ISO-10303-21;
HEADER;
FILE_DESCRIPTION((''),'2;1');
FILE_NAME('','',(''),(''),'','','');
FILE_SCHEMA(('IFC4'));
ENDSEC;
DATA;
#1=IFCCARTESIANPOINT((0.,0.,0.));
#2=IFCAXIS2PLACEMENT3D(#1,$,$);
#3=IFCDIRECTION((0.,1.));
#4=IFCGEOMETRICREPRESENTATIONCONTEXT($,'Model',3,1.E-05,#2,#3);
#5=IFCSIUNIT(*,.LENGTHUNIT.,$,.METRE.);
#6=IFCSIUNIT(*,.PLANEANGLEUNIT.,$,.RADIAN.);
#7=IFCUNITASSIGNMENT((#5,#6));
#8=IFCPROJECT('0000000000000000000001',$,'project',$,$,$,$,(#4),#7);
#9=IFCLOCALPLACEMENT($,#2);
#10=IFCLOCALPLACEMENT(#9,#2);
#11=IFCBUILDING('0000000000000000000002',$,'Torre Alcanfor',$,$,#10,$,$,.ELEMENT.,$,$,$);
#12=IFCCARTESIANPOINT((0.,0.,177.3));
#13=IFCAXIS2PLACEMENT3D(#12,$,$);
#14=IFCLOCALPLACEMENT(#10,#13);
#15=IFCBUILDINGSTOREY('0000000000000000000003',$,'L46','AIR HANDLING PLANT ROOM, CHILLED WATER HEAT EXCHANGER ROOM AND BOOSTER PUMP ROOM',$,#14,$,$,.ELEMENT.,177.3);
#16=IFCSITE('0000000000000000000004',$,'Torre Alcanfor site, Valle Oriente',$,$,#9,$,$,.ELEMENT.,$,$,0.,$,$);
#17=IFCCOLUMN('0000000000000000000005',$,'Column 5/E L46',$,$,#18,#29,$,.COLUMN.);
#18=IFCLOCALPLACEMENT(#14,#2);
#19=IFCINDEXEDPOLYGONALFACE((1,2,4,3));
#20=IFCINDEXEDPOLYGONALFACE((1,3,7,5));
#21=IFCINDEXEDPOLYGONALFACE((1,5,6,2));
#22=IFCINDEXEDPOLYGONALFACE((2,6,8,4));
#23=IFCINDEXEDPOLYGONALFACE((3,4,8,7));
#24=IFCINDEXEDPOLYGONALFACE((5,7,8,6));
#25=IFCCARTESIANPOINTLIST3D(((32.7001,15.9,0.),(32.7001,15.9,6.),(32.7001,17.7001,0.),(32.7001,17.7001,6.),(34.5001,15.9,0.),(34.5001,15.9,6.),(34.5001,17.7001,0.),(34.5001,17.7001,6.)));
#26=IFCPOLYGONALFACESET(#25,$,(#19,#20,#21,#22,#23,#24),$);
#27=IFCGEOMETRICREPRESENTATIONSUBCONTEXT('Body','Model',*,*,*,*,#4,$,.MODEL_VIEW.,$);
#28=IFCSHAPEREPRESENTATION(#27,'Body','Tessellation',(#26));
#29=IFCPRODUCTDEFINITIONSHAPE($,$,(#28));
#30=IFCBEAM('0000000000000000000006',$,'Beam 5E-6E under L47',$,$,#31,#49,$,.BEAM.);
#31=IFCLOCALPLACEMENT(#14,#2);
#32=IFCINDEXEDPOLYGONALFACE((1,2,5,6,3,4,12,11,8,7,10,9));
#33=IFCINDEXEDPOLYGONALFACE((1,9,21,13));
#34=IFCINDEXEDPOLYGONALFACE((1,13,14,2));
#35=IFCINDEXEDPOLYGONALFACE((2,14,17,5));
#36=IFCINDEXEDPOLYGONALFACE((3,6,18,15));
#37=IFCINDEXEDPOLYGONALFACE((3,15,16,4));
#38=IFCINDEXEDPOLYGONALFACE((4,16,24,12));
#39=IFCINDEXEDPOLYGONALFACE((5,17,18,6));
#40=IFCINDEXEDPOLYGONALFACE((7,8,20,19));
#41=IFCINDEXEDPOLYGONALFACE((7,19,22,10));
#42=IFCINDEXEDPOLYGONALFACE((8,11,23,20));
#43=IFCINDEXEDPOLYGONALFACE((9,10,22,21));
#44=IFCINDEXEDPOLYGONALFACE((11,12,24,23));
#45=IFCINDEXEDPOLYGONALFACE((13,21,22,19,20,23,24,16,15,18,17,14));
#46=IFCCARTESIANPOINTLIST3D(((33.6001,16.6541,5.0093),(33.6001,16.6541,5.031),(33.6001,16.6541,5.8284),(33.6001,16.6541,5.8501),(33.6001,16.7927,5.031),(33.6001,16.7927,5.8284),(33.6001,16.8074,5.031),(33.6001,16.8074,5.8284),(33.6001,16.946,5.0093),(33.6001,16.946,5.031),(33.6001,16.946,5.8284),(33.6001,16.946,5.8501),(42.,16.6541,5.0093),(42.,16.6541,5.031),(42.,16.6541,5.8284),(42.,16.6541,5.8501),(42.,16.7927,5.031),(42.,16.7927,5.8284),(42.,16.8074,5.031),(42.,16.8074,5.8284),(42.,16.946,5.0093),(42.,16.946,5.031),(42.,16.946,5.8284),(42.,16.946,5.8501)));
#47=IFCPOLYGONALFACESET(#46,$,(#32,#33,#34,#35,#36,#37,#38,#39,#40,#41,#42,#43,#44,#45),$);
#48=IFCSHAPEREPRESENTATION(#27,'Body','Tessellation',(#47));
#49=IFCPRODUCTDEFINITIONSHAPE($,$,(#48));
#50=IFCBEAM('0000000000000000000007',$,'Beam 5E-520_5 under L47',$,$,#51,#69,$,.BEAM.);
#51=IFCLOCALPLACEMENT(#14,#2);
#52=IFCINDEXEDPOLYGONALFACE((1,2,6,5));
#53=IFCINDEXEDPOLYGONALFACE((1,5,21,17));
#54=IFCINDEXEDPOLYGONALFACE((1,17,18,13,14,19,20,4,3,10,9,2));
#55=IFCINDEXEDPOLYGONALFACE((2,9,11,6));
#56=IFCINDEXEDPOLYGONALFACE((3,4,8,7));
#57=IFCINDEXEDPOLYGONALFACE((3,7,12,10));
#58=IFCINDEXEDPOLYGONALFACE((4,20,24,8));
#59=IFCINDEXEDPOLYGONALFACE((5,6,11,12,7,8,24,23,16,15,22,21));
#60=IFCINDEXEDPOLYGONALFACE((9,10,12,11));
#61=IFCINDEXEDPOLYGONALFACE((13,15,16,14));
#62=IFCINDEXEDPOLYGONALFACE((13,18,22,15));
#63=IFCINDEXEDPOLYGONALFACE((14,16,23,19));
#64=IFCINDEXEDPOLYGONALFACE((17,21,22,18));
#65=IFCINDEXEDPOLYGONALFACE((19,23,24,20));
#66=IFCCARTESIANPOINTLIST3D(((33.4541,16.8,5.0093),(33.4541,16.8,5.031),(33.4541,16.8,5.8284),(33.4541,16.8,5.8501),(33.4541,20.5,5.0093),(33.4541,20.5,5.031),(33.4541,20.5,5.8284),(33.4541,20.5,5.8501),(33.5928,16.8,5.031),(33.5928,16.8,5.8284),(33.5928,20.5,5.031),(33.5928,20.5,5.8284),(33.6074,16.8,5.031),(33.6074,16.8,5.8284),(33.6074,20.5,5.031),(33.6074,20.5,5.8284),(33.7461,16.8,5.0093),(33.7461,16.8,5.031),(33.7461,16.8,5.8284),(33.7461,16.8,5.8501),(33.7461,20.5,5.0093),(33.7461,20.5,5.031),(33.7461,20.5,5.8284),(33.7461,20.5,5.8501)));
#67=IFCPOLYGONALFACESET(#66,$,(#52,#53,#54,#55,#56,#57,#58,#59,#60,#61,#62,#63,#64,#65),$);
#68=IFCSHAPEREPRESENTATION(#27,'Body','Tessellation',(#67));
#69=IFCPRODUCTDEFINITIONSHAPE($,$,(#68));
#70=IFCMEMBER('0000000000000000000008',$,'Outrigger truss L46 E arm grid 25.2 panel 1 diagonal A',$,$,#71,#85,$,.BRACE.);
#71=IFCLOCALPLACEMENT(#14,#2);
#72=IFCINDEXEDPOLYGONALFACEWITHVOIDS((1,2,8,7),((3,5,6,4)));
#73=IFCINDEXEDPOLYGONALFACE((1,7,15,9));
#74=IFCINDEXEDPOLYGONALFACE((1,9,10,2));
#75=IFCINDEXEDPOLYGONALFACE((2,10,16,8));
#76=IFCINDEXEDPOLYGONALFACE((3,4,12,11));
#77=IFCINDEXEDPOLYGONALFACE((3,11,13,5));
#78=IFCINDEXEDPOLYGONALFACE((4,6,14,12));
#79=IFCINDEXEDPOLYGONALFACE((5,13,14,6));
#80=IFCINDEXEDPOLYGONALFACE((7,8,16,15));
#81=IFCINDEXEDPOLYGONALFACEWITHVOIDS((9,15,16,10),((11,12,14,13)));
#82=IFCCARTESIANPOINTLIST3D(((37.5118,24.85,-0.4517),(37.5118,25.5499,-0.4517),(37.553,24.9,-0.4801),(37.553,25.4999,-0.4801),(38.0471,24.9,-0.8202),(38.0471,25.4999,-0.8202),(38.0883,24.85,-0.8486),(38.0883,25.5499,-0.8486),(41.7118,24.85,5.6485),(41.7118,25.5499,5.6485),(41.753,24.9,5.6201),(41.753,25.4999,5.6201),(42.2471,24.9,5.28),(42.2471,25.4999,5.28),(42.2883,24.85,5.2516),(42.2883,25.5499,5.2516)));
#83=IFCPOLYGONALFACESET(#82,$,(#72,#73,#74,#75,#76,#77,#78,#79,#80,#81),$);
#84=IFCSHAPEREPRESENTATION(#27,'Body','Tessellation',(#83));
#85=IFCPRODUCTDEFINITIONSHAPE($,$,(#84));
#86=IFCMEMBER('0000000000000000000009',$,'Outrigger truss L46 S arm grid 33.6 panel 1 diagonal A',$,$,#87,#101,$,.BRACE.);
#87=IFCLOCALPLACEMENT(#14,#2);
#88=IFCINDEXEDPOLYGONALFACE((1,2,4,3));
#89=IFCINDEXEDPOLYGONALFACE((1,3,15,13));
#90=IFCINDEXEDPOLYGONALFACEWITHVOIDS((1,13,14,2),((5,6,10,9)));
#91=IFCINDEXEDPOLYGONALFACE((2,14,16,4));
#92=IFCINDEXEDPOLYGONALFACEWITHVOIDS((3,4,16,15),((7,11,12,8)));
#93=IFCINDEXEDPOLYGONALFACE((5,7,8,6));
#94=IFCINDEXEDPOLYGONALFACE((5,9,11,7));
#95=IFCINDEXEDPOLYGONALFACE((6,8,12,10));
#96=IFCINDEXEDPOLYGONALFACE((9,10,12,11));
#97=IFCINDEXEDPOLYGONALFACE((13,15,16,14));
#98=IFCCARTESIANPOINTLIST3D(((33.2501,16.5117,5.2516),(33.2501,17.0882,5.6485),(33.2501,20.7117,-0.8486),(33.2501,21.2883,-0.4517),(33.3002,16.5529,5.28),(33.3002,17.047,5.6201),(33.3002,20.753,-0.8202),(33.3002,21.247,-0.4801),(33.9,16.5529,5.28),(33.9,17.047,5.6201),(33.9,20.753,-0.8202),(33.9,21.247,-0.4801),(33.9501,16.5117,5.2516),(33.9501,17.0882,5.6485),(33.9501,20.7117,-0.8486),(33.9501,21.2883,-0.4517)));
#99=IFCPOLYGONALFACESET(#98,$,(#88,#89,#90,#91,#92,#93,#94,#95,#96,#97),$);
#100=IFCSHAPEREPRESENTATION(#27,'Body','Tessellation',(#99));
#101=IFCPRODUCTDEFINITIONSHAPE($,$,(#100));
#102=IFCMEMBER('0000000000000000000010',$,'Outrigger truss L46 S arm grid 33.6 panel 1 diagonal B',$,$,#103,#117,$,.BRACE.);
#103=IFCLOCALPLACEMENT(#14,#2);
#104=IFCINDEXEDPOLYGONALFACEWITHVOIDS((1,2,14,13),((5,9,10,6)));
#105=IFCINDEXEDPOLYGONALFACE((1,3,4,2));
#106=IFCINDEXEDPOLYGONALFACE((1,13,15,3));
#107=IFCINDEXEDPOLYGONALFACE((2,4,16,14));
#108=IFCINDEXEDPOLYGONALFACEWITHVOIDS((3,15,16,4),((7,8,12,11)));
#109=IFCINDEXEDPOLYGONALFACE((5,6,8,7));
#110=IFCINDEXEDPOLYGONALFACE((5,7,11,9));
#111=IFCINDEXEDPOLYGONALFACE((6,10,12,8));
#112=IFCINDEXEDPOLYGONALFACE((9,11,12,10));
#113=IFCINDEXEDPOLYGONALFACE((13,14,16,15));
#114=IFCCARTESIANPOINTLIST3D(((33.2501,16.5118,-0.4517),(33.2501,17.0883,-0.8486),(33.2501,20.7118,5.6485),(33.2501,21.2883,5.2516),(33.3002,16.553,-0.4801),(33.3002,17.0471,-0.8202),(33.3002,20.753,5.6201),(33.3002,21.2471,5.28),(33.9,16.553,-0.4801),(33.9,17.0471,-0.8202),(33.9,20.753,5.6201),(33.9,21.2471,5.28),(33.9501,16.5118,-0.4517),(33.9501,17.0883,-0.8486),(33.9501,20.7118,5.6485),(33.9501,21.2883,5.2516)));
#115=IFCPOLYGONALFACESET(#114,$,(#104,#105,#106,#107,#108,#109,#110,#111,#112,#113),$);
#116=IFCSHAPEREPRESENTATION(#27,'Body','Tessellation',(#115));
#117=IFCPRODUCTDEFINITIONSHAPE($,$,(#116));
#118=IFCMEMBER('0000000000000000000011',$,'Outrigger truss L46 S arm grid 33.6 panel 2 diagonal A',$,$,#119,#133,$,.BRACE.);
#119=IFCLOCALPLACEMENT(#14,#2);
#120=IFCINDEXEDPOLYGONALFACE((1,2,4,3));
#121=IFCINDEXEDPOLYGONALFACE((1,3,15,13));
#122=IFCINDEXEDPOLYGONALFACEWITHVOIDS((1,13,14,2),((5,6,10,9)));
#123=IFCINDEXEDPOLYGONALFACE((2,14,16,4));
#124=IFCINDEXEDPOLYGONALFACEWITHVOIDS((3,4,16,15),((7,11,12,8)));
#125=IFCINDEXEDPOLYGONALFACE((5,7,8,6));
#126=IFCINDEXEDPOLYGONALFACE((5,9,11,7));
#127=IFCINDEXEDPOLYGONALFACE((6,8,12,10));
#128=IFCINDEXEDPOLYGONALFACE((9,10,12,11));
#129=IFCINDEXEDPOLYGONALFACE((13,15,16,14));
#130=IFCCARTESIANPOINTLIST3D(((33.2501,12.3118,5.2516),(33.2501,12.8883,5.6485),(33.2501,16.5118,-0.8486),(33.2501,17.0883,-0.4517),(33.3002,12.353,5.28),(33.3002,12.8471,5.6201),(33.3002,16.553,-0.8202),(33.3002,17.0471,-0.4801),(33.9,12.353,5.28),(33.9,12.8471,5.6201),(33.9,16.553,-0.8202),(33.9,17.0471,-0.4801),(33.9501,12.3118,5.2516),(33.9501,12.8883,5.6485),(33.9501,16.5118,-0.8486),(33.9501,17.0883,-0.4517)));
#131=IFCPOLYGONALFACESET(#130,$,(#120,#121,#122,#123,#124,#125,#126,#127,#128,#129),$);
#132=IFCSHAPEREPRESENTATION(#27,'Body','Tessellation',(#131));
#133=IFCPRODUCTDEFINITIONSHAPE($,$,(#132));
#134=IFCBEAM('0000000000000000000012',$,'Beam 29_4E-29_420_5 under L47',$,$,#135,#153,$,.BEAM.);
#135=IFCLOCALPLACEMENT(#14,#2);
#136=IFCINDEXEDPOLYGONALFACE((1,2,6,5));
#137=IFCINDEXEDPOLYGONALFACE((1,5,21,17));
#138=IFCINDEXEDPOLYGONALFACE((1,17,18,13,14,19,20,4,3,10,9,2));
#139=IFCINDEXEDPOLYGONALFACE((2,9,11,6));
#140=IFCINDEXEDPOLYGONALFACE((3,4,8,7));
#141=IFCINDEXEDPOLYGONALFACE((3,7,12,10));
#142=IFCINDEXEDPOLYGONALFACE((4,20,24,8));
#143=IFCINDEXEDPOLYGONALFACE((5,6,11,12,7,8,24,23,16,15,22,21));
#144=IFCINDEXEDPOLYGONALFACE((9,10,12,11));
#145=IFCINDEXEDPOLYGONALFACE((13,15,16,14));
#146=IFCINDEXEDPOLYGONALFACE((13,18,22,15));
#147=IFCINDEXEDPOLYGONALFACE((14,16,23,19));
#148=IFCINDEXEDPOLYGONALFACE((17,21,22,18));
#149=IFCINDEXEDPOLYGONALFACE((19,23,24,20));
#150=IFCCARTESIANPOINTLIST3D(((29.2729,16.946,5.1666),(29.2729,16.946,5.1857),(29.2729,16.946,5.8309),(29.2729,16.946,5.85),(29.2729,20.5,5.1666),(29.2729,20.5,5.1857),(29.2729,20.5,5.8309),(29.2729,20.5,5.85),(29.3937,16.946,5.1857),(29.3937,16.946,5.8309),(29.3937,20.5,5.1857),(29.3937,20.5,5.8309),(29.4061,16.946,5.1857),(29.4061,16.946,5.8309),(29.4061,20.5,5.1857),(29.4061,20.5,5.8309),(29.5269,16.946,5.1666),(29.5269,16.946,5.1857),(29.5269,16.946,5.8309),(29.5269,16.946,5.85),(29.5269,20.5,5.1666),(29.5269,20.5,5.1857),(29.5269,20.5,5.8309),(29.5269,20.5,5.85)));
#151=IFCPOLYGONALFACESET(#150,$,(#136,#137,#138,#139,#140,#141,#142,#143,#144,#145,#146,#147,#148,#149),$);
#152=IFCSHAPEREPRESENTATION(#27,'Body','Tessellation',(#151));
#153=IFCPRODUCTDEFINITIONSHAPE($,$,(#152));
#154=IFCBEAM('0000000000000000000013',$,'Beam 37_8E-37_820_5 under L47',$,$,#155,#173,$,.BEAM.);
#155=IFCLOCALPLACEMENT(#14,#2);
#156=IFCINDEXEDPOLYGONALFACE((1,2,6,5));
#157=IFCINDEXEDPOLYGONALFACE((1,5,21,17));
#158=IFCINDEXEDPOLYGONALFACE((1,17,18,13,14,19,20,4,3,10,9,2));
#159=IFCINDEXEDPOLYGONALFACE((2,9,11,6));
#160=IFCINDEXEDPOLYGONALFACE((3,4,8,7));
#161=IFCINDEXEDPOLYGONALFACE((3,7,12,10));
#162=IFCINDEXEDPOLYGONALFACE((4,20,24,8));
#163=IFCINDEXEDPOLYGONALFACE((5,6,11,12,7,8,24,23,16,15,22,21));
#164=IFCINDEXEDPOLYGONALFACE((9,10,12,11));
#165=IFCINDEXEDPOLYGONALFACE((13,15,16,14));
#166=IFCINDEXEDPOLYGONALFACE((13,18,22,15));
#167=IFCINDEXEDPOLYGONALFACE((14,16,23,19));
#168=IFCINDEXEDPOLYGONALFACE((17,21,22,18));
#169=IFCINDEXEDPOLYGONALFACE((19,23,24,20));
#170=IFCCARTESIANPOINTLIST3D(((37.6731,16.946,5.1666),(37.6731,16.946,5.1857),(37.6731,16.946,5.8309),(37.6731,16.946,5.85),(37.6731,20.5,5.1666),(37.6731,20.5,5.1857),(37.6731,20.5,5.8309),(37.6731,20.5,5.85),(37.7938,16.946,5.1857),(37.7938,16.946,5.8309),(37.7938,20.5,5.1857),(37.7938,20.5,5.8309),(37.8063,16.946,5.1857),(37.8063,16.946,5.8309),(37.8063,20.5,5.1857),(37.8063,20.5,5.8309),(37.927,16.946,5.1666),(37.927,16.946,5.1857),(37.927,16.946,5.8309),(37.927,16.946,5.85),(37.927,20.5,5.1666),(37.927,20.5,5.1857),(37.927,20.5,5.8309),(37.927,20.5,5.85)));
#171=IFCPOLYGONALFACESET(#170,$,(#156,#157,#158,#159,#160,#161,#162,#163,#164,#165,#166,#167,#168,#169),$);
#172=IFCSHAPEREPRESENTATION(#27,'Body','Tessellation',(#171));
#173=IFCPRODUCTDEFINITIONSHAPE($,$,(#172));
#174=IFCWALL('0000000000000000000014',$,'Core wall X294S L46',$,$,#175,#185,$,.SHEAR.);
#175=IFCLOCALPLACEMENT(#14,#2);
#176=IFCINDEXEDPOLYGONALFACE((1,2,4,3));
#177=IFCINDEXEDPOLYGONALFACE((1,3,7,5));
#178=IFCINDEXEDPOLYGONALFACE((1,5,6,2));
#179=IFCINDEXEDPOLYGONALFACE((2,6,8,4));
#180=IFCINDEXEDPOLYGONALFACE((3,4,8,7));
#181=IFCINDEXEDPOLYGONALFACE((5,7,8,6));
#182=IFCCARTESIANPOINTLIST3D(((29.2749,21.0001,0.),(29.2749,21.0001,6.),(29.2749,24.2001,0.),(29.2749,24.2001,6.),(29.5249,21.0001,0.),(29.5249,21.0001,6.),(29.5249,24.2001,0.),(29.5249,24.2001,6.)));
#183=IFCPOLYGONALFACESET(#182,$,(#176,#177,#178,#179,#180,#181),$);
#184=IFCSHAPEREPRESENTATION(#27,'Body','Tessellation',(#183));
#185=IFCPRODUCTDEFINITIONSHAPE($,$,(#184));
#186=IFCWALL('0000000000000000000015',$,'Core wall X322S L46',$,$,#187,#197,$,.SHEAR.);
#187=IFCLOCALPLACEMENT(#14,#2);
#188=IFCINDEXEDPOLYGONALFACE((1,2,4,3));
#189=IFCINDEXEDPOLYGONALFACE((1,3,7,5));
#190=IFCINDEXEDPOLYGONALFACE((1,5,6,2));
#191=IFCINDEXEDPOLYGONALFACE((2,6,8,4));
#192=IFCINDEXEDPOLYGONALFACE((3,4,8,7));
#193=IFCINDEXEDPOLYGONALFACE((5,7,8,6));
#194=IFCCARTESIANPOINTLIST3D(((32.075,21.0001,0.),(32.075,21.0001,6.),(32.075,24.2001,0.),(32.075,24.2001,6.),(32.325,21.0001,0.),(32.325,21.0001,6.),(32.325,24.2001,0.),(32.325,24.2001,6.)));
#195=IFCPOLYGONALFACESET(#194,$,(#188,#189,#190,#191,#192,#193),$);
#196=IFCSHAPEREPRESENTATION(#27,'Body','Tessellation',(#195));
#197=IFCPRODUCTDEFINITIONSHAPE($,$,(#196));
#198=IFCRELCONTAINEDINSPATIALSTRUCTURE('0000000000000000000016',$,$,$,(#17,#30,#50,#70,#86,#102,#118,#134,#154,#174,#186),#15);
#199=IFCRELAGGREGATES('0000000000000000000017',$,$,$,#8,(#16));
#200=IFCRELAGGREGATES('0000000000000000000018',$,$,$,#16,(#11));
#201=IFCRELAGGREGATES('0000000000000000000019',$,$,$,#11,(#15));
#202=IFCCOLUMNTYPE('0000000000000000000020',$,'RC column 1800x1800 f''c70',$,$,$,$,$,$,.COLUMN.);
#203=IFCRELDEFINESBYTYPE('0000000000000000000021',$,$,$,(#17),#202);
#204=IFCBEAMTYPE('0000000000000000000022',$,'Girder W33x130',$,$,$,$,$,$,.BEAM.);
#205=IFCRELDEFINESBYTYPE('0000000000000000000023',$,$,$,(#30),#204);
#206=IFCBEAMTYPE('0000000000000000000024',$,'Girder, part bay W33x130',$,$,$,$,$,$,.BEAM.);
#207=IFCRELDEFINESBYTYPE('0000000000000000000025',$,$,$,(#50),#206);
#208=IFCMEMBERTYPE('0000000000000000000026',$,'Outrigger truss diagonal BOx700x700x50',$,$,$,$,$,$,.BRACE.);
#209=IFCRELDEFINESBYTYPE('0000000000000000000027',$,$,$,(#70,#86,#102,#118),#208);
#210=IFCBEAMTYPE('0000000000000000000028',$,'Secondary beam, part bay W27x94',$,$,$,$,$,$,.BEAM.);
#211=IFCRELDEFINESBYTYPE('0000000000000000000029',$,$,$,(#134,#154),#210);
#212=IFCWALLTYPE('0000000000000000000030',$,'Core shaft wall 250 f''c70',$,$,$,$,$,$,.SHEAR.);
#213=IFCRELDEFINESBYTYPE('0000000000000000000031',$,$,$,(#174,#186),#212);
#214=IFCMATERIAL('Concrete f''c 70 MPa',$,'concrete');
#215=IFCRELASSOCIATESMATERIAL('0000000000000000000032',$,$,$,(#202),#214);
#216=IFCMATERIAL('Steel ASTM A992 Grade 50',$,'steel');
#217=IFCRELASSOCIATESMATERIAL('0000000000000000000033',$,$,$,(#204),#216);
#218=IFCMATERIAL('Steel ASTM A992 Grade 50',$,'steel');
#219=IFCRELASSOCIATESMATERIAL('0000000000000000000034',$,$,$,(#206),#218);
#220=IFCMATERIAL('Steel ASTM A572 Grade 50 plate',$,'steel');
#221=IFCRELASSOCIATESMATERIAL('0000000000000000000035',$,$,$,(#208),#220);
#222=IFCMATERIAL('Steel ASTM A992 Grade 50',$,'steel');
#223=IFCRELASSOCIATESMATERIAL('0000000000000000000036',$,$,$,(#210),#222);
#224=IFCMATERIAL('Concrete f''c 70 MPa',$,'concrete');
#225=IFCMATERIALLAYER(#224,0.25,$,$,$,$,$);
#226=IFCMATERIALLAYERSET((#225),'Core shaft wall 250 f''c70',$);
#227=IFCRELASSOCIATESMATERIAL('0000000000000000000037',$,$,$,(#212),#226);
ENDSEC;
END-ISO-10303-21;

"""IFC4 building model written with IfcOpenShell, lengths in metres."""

from ifc_helpers import new_model, si_unit, direction, frame, frame_2d, origin, origin_2d, place, context, subcontext, project, spatial, rectangle, hollow_rectangle, i_section, extrude, material, layer, layer_set, material_profile, profile_set, type_object, element, save


model = new_model("IFC4")

# Units and contexts
model_context = context("Model", 3, precision=1e-05, world=origin(), true_north=direction((0.0, 1.0)))
body_context = subcontext(model_context, "Body", "Model", "MODEL_VIEW")
ifc_project = project(units=[si_unit("LENGTHUNIT", "METRE"), si_unit("PLANEANGLEUNIT", "RADIAN")], contexts=[model_context])

# Site, building, storey
site_placement = place(None, origin())
site = spatial("IfcSite", under=ifc_project, at=site_placement, Name="Torre Alcanfor site, Valle Oriente", CompositionType="ELEMENT", RefElevation=0.0)
building_placement = place(site_placement, origin())
building = spatial("IfcBuilding", under=site, at=building_placement, Name="Torre Alcanfor", CompositionType="ELEMENT")
storey_placement = place(building_placement, frame((0.0, 0.0, 177.3)))
storey = spatial("IfcBuildingStorey", under=building, at=storey_placement, Name="L46", Description="AIR HANDLING PLANT ROOM, CHILLED WATER HEAT EXCHANGER ROOM AND BOOSTER PUMP ROOM", CompositionType="ELEMENT", Elevation=177.3)

# Column
ifc_material_1 = material(Name="Concrete f'c 70 MPa", Category="concrete")
ifc_material_profile_1 = material_profile(ifc_material_1, rectangle(XDim=1.8, YDim=1.8, at=origin_2d()), Name="1800x1800")
ifc_profile_set_1 = profile_set([ifc_material_profile_1], Name="Concrete f'c 70 MPa")
column_type = type_object("IfcColumnType", Name="RC column 1800x1800 f'c70", PredefinedType="COLUMN", material=ifc_profile_set_1)
column_placement = place(storey_placement, frame((33.6001, 16.8, 0.0), z_axis=(0.0, 0.0, 1.0), x_axis=(1.0, 0.0, 0.0)))
element("IfcColumn", 1, at=column_placement, inside=storey, type_object=column_type, Name="Column 5/E L46", PredefinedType="COLUMN", context=body_context, shape_type="SweptSolid", body=[
    extrude(rectangle(XDim=1.8, YDim=1.8, at=origin_2d()), origin(), (0.0, 0.0, 1.0), 6.0),
])

# Beams
ifc_material_2 = material(Name="Steel ASTM A992 Grade 50", Category="steel")
ifc_material_profile_2 = material_profile(ifc_material_2, i_section(OverallWidth=0.292, OverallDepth=0.8408, WebThickness=0.0146, FlangeThickness=0.0217, at=origin_2d()), Name="W33x130")
ifc_profile_set_2 = profile_set([ifc_material_profile_2], Name="Steel ASTM A992 Grade 50")
beam_type_1 = type_object("IfcBeamType", Name="Girder W33x130", PredefinedType="BEAM", material=ifc_profile_set_2)
beam_1_placement = place(storey_placement, frame((33.6001, 16.8, 5.4297), z_axis=(1.0, 0.0, 0.0), x_axis=(0.0, 1.0, 0.0)))
element("IfcBeam", 2, at=beam_1_placement, inside=storey, type_object=beam_type_1, Name="Beam 5E-6E under L47", PredefinedType="BEAM", context=body_context, shape_type="SweptSolid", body=[
    extrude(i_section(OverallWidth=0.292, OverallDepth=0.8408, WebThickness=0.0146, FlangeThickness=0.0217, at=origin_2d()), origin(), (0.0, 0.0, 1.0), 8.3999),
])
ifc_material_3 = material(Name="Steel ASTM A992 Grade 50", Category="steel")
ifc_material_profile_3 = material_profile(ifc_material_3, i_section(OverallWidth=0.292, OverallDepth=0.8408, WebThickness=0.0146, FlangeThickness=0.0217, at=origin_2d()), Name="W33x130")
ifc_profile_set_3 = profile_set([ifc_material_profile_3], Name="Steel ASTM A992 Grade 50")
beam_type_2 = type_object("IfcBeamType", Name="Girder, part bay W33x130", PredefinedType="BEAM", material=ifc_profile_set_3)
beam_2_placement = place(storey_placement, frame((33.6001, 16.8, 5.4297), z_axis=(0.0, 1.0, 0.0), x_axis=(-1.0, 0.0, 0.0)))
element("IfcBeam", 3, at=beam_2_placement, inside=storey, type_object=beam_type_2, Name="Beam 5E-520_5 under L47", PredefinedType="BEAM", context=body_context, shape_type="SweptSolid", body=[
    extrude(i_section(OverallWidth=0.292, OverallDepth=0.8408, WebThickness=0.0146, FlangeThickness=0.0217, at=origin_2d()), origin(), (0.0, 0.0, 1.0), 3.7),
])

# Members
ifc_material_4 = material(Name="Steel ASTM A572 Grade 50 plate", Category="steel")
ifc_material_profile_4 = material_profile(ifc_material_4, hollow_rectangle(XDim=0.7, YDim=0.7, WallThickness=0.05, at=origin_2d()), Name="BOX 700x700x50")
ifc_profile_set_4 = profile_set([ifc_material_profile_4], Name="Steel ASTM A572 Grade 50 plate")
member_type = type_object("IfcMemberType", Name="Outrigger truss diagonal BOx700x700x50", PredefinedType="BRACE", material=ifc_profile_set_4)
for number, where, z_axis, x_axis, name in (
    (4, (37.8, 25.2, -0.6501), (0.567091, 0.0, 0.823655), (0.0, 1.0, 0.0), "Outrigger truss L46 E arm grid 25.2 panel 1 diagonal A"),
    (5, (33.6001, 21.0, -0.6501), (0.0, -0.567091, 0.823655), (1.0, 0.0, 0.0), "Outrigger truss L46 S arm grid 33.6 panel 1 diagonal A"),
    (6, (33.6001, 16.8, -0.6501), (0.0, 0.567091, 0.823655), (-1.0, 0.0, 0.0), "Outrigger truss L46 S arm grid 33.6 panel 1 diagonal B"),
    (7, (33.6001, 16.8, -0.6501), (0.0, -0.567091, 0.823655), (1.0, 0.0, 0.0), "Outrigger truss L46 S arm grid 33.6 panel 2 diagonal A"),
):
    element("IfcMember", number, at=place(storey_placement, frame(where, z_axis=z_axis, x_axis=x_axis)), inside=storey, type_object=member_type, Name=name, PredefinedType="BRACE", context=body_context, shape_type="SweptSolid", body=[
        extrude(hollow_rectangle(XDim=0.7, YDim=0.7, WallThickness=0.05, at=origin_2d()), origin(), (0.0, 0.0, 1.0), 7.4062),
    ])

# Beams
ifc_material_5 = material(Name="Steel ASTM A992 Grade 50", Category="steel")
ifc_material_profile_5 = material_profile(ifc_material_5, i_section(OverallWidth=0.2539, OverallDepth=0.6833, WebThickness=0.0125, FlangeThickness=0.019, at=origin_2d()), Name="W27x94")
ifc_profile_set_5 = profile_set([ifc_material_profile_5], Name="Steel ASTM A992 Grade 50")
beam_type_3 = type_object("IfcBeamType", Name="Secondary beam, part bay W27x94", PredefinedType="BEAM", material=ifc_profile_set_5)
for number, where, z_axis, x_axis, name in (
    (8, (29.3999, 16.946, 5.5083), (0.0, 1.0, 0.0), (-1.0, 0.0, 0.0), "Beam 29_4E-29_420_5 under L47"),
    (9, (37.8, 16.946, 5.5083), (0.0, 1.0, 0.0), (-1.0, 0.0, 0.0), "Beam 37_8E-37_820_5 under L47"),
):
    element("IfcBeam", number, at=place(storey_placement, frame(where, z_axis=z_axis, x_axis=x_axis)), inside=storey, type_object=beam_type_3, Name=name, PredefinedType="BEAM", context=body_context, shape_type="SweptSolid", body=[
        extrude(i_section(OverallWidth=0.2539, OverallDepth=0.6833, WebThickness=0.0125, FlangeThickness=0.019, at=origin_2d()), origin(), (0.0, 0.0, 1.0), 3.554),
    ])

# Walls
ifc_material_6 = material(Name="Concrete f'c 70 MPa", Category="concrete")
ifc_layer_1 = layer(ifc_material_6, 0.25)
ifc_layer_set_1 = layer_set([ifc_layer_1], Name="Core shaft wall 250 f'c70")
wall_type_1 = type_object("IfcWallType", Name="Core shaft wall 250 f'c70", PredefinedType="SHEAR", material=ifc_layer_set_1)
for number, where, z_axis, x_axis, name in (
    (10, (29.3999, 21.0, 0.0), (0.0, 0.0, 1.0), (0.0, 1.0, 0.0), "Core wall X294S L46"),
    (11, (32.2, 21.0, 0.0), (0.0, 0.0, 1.0), (0.0, 1.0, 0.0), "Core wall X322S L46"),
):
    element("IfcWall", number, at=place(storey_placement, frame(where, z_axis=z_axis, x_axis=x_axis)), inside=storey, type_object=wall_type_1, Name=name, PredefinedType="SHEAR", context=body_context, shape_type="SweptSolid", body=[
        extrude(rectangle(XDim=3.2, YDim=0.25, at=frame_2d((1.6001, 0.0))), origin(), (0.0, 0.0, 1.0), 6.0),
    ])

save(model, "model.ifc")
